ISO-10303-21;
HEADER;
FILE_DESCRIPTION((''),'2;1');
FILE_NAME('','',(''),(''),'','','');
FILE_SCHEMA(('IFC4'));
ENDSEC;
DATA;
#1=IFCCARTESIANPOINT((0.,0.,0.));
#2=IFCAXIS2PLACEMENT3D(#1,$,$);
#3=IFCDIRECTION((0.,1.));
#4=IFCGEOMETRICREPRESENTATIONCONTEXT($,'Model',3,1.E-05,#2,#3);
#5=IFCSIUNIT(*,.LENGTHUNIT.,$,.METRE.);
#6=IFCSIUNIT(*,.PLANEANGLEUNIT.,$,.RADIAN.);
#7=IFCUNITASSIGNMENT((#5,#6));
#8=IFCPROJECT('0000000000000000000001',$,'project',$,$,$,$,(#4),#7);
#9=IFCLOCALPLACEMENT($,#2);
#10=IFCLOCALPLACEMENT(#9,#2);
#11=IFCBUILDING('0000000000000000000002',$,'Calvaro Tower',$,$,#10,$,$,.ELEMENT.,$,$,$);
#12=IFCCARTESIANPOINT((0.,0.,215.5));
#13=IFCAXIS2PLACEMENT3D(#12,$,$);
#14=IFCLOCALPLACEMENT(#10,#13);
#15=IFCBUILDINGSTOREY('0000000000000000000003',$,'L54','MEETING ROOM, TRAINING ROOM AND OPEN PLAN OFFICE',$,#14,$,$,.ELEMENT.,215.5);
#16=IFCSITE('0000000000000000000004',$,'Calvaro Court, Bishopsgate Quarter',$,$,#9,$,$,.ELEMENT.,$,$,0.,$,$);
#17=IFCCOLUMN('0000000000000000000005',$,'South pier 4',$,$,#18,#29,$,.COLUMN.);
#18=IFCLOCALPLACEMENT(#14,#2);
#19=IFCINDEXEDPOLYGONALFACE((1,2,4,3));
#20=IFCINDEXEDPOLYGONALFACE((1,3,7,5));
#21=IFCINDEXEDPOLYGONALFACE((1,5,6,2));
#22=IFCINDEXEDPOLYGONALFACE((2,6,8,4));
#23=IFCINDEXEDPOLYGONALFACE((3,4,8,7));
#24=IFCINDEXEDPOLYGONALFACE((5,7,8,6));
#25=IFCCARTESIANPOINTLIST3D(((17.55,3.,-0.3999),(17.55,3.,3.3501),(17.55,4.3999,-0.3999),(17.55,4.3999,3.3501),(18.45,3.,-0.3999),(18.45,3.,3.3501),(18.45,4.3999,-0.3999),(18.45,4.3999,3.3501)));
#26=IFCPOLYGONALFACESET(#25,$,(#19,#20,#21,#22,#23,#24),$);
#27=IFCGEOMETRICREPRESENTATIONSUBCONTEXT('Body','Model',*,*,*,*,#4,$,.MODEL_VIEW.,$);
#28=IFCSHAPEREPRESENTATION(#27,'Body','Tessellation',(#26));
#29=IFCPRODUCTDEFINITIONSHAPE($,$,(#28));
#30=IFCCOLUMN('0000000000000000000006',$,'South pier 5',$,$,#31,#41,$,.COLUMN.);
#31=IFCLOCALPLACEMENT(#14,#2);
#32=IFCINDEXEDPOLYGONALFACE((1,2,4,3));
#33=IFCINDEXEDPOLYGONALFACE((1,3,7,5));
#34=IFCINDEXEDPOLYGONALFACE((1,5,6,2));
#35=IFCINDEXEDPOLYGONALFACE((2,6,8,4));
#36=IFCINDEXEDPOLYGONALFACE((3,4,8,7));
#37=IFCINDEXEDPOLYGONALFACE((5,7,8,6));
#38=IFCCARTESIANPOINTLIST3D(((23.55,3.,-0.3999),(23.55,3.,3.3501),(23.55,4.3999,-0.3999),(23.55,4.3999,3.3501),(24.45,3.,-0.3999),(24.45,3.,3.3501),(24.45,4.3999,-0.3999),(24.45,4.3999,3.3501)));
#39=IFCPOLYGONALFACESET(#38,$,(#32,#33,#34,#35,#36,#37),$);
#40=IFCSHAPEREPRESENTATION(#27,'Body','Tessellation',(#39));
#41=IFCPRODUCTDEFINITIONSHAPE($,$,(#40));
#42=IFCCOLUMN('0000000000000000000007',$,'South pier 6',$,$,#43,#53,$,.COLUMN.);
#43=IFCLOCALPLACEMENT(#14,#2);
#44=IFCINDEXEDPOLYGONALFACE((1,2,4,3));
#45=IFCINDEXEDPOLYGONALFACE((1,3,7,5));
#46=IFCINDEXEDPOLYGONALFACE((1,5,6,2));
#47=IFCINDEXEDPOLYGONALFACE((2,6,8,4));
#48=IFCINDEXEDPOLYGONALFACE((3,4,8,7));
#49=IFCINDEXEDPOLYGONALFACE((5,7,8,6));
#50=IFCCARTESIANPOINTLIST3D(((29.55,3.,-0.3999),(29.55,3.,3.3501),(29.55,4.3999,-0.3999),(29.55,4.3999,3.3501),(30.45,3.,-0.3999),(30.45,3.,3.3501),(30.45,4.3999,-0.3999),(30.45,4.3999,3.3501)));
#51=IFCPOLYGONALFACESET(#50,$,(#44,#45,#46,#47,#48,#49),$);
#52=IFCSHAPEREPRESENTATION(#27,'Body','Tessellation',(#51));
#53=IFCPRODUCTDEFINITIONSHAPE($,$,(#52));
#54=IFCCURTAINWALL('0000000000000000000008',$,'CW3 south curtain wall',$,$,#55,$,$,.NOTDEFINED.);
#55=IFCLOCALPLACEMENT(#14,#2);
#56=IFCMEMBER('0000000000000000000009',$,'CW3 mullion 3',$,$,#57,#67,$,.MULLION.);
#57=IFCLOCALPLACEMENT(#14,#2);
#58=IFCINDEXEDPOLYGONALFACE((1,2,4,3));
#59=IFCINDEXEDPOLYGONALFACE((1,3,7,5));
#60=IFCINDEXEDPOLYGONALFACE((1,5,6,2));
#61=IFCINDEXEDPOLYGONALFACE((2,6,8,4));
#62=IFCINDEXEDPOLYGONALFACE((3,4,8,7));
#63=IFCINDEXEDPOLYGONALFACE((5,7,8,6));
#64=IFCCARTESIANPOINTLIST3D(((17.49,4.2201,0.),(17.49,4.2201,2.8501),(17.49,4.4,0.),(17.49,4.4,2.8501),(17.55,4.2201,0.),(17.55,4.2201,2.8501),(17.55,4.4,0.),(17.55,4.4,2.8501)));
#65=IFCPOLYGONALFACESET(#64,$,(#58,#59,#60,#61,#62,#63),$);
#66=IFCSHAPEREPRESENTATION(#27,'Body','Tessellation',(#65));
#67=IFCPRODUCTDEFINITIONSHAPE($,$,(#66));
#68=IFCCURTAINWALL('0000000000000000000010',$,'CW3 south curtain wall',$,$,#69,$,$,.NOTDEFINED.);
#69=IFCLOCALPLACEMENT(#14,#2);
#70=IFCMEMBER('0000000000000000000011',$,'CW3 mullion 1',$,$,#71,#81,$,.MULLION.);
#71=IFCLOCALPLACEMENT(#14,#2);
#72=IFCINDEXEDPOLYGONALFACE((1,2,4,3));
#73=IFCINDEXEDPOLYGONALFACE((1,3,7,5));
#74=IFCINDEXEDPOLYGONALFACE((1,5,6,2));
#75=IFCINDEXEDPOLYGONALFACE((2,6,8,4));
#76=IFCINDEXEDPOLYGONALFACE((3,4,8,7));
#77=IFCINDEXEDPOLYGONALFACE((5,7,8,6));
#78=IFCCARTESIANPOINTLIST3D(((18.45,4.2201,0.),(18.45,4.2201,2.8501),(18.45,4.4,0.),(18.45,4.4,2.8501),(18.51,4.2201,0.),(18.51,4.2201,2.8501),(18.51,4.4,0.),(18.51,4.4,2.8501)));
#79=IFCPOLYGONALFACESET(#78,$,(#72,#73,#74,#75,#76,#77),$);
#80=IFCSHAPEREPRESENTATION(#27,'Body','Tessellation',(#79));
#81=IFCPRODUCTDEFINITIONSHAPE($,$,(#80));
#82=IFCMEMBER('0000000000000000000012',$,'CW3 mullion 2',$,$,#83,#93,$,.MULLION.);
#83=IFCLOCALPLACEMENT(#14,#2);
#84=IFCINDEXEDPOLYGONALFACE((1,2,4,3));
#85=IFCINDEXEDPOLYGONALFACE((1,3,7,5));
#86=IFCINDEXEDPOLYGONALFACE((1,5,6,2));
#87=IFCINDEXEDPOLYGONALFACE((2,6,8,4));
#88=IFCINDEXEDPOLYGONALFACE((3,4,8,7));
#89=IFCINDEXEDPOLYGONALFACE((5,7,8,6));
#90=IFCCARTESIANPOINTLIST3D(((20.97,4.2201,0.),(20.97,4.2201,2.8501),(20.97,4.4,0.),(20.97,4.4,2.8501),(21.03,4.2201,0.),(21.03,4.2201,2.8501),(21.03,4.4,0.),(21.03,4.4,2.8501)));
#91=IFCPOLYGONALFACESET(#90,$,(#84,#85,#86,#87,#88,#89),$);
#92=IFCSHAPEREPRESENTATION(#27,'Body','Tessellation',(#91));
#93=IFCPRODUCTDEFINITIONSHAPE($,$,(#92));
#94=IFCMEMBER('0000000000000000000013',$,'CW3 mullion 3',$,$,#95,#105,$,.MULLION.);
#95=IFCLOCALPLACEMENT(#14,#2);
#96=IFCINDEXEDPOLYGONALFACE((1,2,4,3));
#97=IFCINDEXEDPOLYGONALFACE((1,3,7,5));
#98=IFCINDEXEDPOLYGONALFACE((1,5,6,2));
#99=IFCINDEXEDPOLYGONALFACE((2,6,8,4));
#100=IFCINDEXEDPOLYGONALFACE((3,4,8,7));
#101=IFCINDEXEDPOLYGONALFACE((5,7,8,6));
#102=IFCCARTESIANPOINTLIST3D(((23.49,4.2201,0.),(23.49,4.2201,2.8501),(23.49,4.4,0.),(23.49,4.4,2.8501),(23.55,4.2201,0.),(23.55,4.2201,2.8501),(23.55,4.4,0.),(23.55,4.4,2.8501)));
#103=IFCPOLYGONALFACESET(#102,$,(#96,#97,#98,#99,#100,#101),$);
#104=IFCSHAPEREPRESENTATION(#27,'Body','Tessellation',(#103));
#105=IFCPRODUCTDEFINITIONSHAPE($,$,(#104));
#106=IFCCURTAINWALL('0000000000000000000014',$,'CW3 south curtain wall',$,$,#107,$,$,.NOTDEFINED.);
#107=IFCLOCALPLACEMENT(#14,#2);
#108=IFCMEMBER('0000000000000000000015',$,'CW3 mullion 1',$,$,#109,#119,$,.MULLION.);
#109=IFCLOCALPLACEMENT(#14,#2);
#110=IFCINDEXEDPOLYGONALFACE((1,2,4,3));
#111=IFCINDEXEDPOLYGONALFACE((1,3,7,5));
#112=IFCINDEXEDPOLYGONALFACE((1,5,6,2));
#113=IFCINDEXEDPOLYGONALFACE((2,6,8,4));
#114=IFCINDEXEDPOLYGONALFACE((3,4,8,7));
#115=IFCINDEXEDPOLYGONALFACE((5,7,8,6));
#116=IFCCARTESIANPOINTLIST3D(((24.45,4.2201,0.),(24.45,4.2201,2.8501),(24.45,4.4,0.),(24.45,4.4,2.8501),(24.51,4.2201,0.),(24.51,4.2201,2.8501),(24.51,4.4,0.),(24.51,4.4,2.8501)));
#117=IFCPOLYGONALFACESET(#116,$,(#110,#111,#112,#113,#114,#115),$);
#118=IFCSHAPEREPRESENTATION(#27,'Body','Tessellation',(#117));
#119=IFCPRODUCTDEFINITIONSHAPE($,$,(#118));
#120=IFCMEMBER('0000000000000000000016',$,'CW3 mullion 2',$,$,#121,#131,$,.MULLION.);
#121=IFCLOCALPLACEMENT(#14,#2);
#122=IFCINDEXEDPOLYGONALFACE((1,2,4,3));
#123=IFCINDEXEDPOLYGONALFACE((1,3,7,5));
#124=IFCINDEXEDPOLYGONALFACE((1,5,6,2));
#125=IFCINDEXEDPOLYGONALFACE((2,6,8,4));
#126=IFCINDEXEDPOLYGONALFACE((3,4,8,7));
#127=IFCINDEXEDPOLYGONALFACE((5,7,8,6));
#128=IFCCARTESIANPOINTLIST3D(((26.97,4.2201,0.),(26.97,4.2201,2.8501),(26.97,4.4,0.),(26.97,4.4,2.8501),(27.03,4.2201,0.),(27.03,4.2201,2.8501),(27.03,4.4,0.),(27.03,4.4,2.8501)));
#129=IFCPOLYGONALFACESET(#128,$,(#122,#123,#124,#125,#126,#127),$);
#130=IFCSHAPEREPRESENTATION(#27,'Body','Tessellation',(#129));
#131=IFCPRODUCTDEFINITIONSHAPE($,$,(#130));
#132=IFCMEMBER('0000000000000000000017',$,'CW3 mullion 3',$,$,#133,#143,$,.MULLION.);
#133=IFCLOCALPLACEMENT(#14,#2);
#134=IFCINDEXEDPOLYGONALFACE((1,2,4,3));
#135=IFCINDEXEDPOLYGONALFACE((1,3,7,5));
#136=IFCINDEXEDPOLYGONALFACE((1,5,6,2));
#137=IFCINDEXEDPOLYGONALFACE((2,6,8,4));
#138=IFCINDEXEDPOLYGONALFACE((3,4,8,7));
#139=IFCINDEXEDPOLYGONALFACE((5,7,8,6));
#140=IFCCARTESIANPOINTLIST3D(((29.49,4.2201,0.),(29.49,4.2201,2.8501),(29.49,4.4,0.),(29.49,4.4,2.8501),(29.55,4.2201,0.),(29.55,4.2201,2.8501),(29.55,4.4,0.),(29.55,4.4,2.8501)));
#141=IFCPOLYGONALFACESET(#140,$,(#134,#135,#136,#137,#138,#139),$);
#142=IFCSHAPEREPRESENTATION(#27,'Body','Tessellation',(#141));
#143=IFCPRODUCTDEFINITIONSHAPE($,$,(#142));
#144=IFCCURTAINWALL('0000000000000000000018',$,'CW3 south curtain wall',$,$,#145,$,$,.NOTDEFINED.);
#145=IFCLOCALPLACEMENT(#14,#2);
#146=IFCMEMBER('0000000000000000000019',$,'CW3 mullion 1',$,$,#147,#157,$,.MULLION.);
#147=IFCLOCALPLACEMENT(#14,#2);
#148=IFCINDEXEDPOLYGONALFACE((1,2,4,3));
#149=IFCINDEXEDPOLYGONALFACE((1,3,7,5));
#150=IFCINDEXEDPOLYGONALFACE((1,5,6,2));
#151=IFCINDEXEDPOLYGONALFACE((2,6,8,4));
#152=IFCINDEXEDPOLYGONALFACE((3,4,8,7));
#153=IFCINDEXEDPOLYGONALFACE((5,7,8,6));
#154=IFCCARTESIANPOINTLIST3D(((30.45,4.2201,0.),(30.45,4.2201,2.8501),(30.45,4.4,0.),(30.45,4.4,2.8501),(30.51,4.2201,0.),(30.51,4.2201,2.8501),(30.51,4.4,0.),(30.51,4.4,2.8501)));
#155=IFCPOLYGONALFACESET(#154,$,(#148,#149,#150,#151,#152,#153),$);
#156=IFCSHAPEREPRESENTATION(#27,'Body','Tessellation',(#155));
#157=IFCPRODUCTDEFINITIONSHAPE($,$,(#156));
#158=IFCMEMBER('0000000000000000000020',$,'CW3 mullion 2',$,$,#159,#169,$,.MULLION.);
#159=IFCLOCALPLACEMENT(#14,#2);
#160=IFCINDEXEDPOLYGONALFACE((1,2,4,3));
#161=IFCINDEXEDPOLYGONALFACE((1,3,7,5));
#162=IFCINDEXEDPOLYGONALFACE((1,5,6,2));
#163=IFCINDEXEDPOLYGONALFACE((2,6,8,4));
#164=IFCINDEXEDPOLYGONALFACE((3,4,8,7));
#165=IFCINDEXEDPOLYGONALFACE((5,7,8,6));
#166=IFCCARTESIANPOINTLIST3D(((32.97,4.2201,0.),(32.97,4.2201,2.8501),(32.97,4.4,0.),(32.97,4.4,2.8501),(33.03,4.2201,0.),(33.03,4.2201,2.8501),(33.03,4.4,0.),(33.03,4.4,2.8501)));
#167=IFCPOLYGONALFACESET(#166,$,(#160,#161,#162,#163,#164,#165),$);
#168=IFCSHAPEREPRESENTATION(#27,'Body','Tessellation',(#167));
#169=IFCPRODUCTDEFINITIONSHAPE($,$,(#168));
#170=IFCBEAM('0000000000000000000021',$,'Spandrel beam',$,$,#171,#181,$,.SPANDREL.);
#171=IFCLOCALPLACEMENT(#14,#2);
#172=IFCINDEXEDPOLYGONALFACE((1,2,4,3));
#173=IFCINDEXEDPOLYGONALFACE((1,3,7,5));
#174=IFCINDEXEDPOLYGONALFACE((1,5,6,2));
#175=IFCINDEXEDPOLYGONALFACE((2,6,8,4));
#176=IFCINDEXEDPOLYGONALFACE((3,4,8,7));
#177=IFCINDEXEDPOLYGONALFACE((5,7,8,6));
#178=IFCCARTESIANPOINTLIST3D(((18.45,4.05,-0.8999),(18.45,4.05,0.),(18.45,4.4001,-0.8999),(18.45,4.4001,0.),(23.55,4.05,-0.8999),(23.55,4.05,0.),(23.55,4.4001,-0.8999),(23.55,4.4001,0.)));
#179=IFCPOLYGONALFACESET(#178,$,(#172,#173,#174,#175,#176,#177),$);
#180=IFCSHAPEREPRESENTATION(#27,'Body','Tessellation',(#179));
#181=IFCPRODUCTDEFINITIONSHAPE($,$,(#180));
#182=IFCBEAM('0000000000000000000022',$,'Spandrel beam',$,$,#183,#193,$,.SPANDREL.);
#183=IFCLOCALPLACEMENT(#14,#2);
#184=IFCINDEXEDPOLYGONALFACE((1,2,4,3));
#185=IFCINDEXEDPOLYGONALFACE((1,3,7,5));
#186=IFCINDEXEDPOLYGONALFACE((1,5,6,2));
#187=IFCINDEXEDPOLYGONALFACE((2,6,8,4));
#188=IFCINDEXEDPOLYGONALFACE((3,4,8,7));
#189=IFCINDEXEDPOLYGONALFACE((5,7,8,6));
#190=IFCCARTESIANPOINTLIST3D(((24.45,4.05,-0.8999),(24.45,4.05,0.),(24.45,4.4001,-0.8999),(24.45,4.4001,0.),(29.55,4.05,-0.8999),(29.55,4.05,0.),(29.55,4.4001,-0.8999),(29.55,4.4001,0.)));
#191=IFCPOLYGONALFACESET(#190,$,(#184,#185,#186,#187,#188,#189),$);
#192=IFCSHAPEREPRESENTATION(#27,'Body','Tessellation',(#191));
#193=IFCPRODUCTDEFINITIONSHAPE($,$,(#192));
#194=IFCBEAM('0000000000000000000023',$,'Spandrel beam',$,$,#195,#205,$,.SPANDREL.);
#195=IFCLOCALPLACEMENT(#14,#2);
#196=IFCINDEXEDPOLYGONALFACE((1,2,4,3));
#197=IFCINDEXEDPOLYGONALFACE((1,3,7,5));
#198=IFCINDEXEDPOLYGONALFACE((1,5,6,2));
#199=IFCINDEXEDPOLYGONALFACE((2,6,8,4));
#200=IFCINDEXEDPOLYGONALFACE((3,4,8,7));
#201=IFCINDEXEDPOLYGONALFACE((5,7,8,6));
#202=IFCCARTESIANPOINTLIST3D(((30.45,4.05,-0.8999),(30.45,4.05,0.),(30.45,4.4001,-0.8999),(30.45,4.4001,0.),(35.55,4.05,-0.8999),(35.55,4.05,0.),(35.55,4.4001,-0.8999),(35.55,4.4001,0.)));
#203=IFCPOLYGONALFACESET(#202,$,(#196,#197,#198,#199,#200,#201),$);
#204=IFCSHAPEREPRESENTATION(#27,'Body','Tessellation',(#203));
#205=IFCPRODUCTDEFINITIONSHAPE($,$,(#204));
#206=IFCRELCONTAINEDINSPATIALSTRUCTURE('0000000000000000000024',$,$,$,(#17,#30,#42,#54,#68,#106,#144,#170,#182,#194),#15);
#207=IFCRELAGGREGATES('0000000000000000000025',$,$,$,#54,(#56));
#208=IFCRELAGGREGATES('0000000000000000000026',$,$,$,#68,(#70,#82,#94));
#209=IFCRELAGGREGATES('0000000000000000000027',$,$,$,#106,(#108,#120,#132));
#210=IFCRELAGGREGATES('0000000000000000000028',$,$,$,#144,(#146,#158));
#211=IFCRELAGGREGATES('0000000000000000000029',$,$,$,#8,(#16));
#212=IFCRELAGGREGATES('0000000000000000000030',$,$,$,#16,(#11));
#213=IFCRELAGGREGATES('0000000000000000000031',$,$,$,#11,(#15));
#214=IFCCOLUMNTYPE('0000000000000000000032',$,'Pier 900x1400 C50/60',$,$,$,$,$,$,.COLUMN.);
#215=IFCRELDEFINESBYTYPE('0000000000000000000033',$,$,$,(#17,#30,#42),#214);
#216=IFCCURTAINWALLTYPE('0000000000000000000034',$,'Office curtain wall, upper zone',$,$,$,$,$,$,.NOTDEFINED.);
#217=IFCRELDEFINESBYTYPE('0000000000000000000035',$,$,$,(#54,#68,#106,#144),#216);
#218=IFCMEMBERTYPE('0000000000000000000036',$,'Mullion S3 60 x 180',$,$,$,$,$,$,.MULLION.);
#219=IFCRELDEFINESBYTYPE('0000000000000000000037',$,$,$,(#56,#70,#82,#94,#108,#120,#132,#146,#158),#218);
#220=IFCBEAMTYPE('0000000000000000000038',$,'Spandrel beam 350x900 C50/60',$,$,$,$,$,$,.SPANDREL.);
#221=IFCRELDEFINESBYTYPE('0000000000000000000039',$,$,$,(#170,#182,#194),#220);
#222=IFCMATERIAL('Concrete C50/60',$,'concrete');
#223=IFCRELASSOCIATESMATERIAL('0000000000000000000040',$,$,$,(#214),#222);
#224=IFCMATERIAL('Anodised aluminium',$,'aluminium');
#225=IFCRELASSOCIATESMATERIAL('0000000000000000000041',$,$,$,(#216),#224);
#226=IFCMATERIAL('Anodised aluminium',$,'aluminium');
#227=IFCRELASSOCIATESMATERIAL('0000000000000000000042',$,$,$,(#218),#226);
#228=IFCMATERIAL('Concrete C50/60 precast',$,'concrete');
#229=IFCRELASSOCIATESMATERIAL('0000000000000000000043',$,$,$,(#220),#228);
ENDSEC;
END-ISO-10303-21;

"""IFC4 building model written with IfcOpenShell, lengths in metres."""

from ifc_helpers import new_model, si_unit, direction, frame, origin, origin_2d, place, context, subcontext, project, spatial, rectangle, extrude, material, material_profile, profile_set, type_object, element, aggregate, save


model = new_model("IFC4")

# Units and contexts
model_context = context("Model", 3, precision=1e-05, world=origin(), true_north=direction((0.0, 1.0)))
body_context = subcontext(model_context, "Body", "Model", "MODEL_VIEW")
ifc_project = project(units=[si_unit("LENGTHUNIT", "METRE"), si_unit("PLANEANGLEUNIT", "RADIAN")], contexts=[model_context])

# Site, building, storey
site_placement = place(None, origin())
site = spatial("IfcSite", under=ifc_project, at=site_placement, Name="Calvaro Court, Bishopsgate Quarter", CompositionType="ELEMENT", RefElevation=0.0)
building_placement = place(site_placement, origin())
building = spatial("IfcBuilding", under=site, at=building_placement, Name="Calvaro Tower", CompositionType="ELEMENT")
storey_placement = place(building_placement, frame((0.0, 0.0, 215.5)))
storey = spatial("IfcBuildingStorey", under=building, at=storey_placement, Name="L54", Description="MEETING ROOM, TRAINING ROOM AND OPEN PLAN OFFICE", CompositionType="ELEMENT", Elevation=215.5)

# Columns
ifc_material_1 = material(Name="Concrete C50/60", Category="concrete")
ifc_material_profile_1 = material_profile(ifc_material_1, rectangle(XDim=0.8999, YDim=1.3999, at=origin_2d()), Name="RC 900x1400")
ifc_profile_set_1 = profile_set([ifc_material_profile_1], Name="Concrete C50/60")
column_type = type_object("IfcColumnType", Name="Pier 900x1400 C50/60", PredefinedType="COLUMN", material=ifc_profile_set_1)
for number, where, z_axis, x_axis, name in (
    (1, (18.0, 3.7, -0.3999), (0.0, 0.0, 1.0), (1.0, 0.0, 0.0), "South pier 4"),
    (2, (24.0, 3.7, -0.3999), (0.0, 0.0, 1.0), (1.0, 0.0, 0.0), "South pier 5"),
    (3, (30.0, 3.7, -0.3999), (0.0, 0.0, 1.0), (1.0, 0.0, 0.0), "South pier 6"),
):
    element("IfcColumn", number, at=place(storey_placement, frame(where, z_axis=z_axis, x_axis=x_axis)), inside=storey, type_object=column_type, Name=name, PredefinedType="COLUMN", context=body_context, shape_type="SweptSolid", body=[
        extrude(rectangle(XDim=0.8999, YDim=1.3999, at=origin_2d()), origin(), (0.0, 0.0, 1.0), 3.75),
    ])

# Curtain wall, member
ifc_material_2 = material(Name="Anodised aluminium", Category="aluminium")
curtain_wall_type = type_object("IfcCurtainWallType", Name="Office curtain wall, upper zone", PredefinedType="NOTDEFINED", material=ifc_material_2)
curtain_wall_1_placement = place(storey_placement, origin())
curtain_wall_1 = element("IfcCurtainWall", 4, at=curtain_wall_1_placement, inside=storey, type_object=curtain_wall_type, Name="CW3 south curtain wall", PredefinedType="NOTDEFINED")
ifc_material_3 = material(Name="Anodised aluminium", Category="aluminium")
ifc_material_profile_2 = material_profile(ifc_material_3, rectangle(XDim=0.1799, YDim=0.0601, at=origin_2d()), Name="Mullion S3 60 x 180")
ifc_profile_set_2 = profile_set([ifc_material_profile_2], Name="Anodised aluminium")
member_type_1 = type_object("IfcMemberType", Name="Mullion S3 60 x 180", PredefinedType="MULLION", material=ifc_profile_set_2)
member_1_placement = place(storey_placement, frame((17.52, 4.3101, 0.0), z_axis=(0.0, 0.0, 1.0), x_axis=(0.0, 1.0, 0.0)))
member_1 = element("IfcMember", 5, at=member_1_placement, type_object=member_type_1, Name="CW3 mullion 3", PredefinedType="MULLION", context=body_context, shape_type="SweptSolid", body=[
    extrude(rectangle(XDim=0.1799, YDim=0.0601, at=origin_2d()), origin(), (0.0, 0.0, 1.0), 2.8501),
])
aggregate(curtain_wall_1, [member_1])

# Curtain walls, members
curtain_wall_2_placement = place(storey_placement, origin())
curtain_wall_2 = element("IfcCurtainWall", 6, at=curtain_wall_2_placement, inside=storey, type_object=curtain_wall_type, Name="CW3 south curtain wall", PredefinedType="NOTDEFINED")
member_2_placement = place(storey_placement, frame((18.48, 4.3101, 0.0), z_axis=(0.0, 0.0, 1.0), x_axis=(0.0, 1.0, 0.0)))
member_2 = element("IfcMember", 7, at=member_2_placement, type_object=member_type_1, Name="CW3 mullion 1", PredefinedType="MULLION", context=body_context, shape_type="SweptSolid", body=[
    extrude(rectangle(XDim=0.1799, YDim=0.0601, at=origin_2d()), origin(), (0.0, 0.0, 1.0), 2.8501),
])
member_3_placement = place(storey_placement, frame((21.0, 4.3101, 0.0), z_axis=(0.0, 0.0, 1.0), x_axis=(0.0, 1.0, 0.0)))
member_3 = element("IfcMember", 8, at=member_3_placement, type_object=member_type_1, Name="CW3 mullion 2", PredefinedType="MULLION", context=body_context, shape_type="SweptSolid", body=[
    extrude(rectangle(XDim=0.1799, YDim=0.0601, at=origin_2d()), origin(), (0.0, 0.0, 1.0), 2.8501),
])
member_4_placement = place(storey_placement, frame((23.52, 4.3101, 0.0), z_axis=(0.0, 0.0, 1.0), x_axis=(0.0, 1.0, 0.0)))
member_4 = element("IfcMember", 9, at=member_4_placement, type_object=member_type_1, Name="CW3 mullion 3", PredefinedType="MULLION", context=body_context, shape_type="SweptSolid", body=[
    extrude(rectangle(XDim=0.1799, YDim=0.0601, at=origin_2d()), origin(), (0.0, 0.0, 1.0), 2.8501),
])
curtain_wall_3_placement = place(storey_placement, origin())
curtain_wall_3 = element("IfcCurtainWall", 10, at=curtain_wall_3_placement, inside=storey, type_object=curtain_wall_type, Name="CW3 south curtain wall", PredefinedType="NOTDEFINED")
member_5_placement = place(storey_placement, frame((24.48, 4.3101, 0.0), z_axis=(0.0, 0.0, 1.0), x_axis=(0.0, 1.0, 0.0)))
member_5 = element("IfcMember", 11, at=member_5_placement, type_object=member_type_1, Name="CW3 mullion 1", PredefinedType="MULLION", context=body_context, shape_type="SweptSolid", body=[
    extrude(rectangle(XDim=0.1799, YDim=0.0601, at=origin_2d()), origin(), (0.0, 0.0, 1.0), 2.8501),
])
member_6_placement = place(storey_placement, frame((27.0, 4.3101, 0.0), z_axis=(0.0, 0.0, 1.0), x_axis=(0.0, 1.0, 0.0)))
member_6 = element("IfcMember", 12, at=member_6_placement, type_object=member_type_1, Name="CW3 mullion 2", PredefinedType="MULLION", context=body_context, shape_type="SweptSolid", body=[
    extrude(rectangle(XDim=0.1799, YDim=0.0601, at=origin_2d()), origin(), (0.0, 0.0, 1.0), 2.8501),
])
member_7_placement = place(storey_placement, frame((29.52, 4.3101, 0.0), z_axis=(0.0, 0.0, 1.0), x_axis=(0.0, 1.0, 0.0)))
member_7 = element("IfcMember", 13, at=member_7_placement, type_object=member_type_1, Name="CW3 mullion 3", PredefinedType="MULLION", context=body_context, shape_type="SweptSolid", body=[
    extrude(rectangle(XDim=0.1799, YDim=0.0601, at=origin_2d()), origin(), (0.0, 0.0, 1.0), 2.8501),
])
curtain_wall_4_placement = place(storey_placement, origin())
curtain_wall_4 = element("IfcCurtainWall", 14, at=curtain_wall_4_placement, inside=storey, type_object=curtain_wall_type, Name="CW3 south curtain wall", PredefinedType="NOTDEFINED")
member_8_placement = place(storey_placement, frame((30.48, 4.3101, 0.0), z_axis=(0.0, 0.0, 1.0), x_axis=(0.0, 1.0, 0.0)))
member_8 = element("IfcMember", 15, at=member_8_placement, type_object=member_type_1, Name="CW3 mullion 1", PredefinedType="MULLION", context=body_context, shape_type="SweptSolid", body=[
    extrude(rectangle(XDim=0.1799, YDim=0.0601, at=origin_2d()), origin(), (0.0, 0.0, 1.0), 2.8501),
])
member_9_placement = place(storey_placement, frame((33.0, 4.3101, 0.0), z_axis=(0.0, 0.0, 1.0), x_axis=(0.0, 1.0, 0.0)))
member_9 = element("IfcMember", 16, at=member_9_placement, type_object=member_type_1, Name="CW3 mullion 2", PredefinedType="MULLION", context=body_context, shape_type="SweptSolid", body=[
    extrude(rectangle(XDim=0.1799, YDim=0.0601, at=origin_2d()), origin(), (0.0, 0.0, 1.0), 2.8501),
])

# Beams
ifc_material_4 = material(Name="Concrete C50/60 precast", Category="concrete")
ifc_material_profile_3 = material_profile(ifc_material_4, rectangle(XDim=0.3501, YDim=0.8999, at=origin_2d()), Name="RC 350x900")
ifc_profile_set_3 = profile_set([ifc_material_profile_3], Name="Concrete C50/60 precast")
beam_type = type_object("IfcBeamType", Name="Spandrel beam 350x900 C50/60", PredefinedType="SPANDREL", material=ifc_profile_set_3)
for number, where, z_axis, x_axis, name in (
    (17, (18.45, 4.2251, -0.45), (1.0, 0.0, 0.0), (0.0, 1.0, 0.0), "Spandrel beam"),
    (18, (24.45, 4.2251, -0.45), (1.0, 0.0, 0.0), (0.0, 1.0, 0.0), "Spandrel beam"),
    (19, (30.45, 4.2251, -0.45), (1.0, 0.0, 0.0), (0.0, 1.0, 0.0), "Spandrel beam"),
):
    element("IfcBeam", number, at=place(storey_placement, frame(where, z_axis=z_axis, x_axis=x_axis)), inside=storey, type_object=beam_type, Name=name, PredefinedType="SPANDREL", context=body_context, shape_type="SweptSolid", body=[
        extrude(rectangle(XDim=0.3501, YDim=0.8999, at=origin_2d()), origin(), (0.0, 0.0, 1.0), 5.1001),
    ])

aggregate(curtain_wall_2, [member_2, member_3, member_4])
aggregate(curtain_wall_3, [member_5, member_6, member_7])
aggregate(curtain_wall_4, [member_8, member_9])

save(model, "model.ifc")
